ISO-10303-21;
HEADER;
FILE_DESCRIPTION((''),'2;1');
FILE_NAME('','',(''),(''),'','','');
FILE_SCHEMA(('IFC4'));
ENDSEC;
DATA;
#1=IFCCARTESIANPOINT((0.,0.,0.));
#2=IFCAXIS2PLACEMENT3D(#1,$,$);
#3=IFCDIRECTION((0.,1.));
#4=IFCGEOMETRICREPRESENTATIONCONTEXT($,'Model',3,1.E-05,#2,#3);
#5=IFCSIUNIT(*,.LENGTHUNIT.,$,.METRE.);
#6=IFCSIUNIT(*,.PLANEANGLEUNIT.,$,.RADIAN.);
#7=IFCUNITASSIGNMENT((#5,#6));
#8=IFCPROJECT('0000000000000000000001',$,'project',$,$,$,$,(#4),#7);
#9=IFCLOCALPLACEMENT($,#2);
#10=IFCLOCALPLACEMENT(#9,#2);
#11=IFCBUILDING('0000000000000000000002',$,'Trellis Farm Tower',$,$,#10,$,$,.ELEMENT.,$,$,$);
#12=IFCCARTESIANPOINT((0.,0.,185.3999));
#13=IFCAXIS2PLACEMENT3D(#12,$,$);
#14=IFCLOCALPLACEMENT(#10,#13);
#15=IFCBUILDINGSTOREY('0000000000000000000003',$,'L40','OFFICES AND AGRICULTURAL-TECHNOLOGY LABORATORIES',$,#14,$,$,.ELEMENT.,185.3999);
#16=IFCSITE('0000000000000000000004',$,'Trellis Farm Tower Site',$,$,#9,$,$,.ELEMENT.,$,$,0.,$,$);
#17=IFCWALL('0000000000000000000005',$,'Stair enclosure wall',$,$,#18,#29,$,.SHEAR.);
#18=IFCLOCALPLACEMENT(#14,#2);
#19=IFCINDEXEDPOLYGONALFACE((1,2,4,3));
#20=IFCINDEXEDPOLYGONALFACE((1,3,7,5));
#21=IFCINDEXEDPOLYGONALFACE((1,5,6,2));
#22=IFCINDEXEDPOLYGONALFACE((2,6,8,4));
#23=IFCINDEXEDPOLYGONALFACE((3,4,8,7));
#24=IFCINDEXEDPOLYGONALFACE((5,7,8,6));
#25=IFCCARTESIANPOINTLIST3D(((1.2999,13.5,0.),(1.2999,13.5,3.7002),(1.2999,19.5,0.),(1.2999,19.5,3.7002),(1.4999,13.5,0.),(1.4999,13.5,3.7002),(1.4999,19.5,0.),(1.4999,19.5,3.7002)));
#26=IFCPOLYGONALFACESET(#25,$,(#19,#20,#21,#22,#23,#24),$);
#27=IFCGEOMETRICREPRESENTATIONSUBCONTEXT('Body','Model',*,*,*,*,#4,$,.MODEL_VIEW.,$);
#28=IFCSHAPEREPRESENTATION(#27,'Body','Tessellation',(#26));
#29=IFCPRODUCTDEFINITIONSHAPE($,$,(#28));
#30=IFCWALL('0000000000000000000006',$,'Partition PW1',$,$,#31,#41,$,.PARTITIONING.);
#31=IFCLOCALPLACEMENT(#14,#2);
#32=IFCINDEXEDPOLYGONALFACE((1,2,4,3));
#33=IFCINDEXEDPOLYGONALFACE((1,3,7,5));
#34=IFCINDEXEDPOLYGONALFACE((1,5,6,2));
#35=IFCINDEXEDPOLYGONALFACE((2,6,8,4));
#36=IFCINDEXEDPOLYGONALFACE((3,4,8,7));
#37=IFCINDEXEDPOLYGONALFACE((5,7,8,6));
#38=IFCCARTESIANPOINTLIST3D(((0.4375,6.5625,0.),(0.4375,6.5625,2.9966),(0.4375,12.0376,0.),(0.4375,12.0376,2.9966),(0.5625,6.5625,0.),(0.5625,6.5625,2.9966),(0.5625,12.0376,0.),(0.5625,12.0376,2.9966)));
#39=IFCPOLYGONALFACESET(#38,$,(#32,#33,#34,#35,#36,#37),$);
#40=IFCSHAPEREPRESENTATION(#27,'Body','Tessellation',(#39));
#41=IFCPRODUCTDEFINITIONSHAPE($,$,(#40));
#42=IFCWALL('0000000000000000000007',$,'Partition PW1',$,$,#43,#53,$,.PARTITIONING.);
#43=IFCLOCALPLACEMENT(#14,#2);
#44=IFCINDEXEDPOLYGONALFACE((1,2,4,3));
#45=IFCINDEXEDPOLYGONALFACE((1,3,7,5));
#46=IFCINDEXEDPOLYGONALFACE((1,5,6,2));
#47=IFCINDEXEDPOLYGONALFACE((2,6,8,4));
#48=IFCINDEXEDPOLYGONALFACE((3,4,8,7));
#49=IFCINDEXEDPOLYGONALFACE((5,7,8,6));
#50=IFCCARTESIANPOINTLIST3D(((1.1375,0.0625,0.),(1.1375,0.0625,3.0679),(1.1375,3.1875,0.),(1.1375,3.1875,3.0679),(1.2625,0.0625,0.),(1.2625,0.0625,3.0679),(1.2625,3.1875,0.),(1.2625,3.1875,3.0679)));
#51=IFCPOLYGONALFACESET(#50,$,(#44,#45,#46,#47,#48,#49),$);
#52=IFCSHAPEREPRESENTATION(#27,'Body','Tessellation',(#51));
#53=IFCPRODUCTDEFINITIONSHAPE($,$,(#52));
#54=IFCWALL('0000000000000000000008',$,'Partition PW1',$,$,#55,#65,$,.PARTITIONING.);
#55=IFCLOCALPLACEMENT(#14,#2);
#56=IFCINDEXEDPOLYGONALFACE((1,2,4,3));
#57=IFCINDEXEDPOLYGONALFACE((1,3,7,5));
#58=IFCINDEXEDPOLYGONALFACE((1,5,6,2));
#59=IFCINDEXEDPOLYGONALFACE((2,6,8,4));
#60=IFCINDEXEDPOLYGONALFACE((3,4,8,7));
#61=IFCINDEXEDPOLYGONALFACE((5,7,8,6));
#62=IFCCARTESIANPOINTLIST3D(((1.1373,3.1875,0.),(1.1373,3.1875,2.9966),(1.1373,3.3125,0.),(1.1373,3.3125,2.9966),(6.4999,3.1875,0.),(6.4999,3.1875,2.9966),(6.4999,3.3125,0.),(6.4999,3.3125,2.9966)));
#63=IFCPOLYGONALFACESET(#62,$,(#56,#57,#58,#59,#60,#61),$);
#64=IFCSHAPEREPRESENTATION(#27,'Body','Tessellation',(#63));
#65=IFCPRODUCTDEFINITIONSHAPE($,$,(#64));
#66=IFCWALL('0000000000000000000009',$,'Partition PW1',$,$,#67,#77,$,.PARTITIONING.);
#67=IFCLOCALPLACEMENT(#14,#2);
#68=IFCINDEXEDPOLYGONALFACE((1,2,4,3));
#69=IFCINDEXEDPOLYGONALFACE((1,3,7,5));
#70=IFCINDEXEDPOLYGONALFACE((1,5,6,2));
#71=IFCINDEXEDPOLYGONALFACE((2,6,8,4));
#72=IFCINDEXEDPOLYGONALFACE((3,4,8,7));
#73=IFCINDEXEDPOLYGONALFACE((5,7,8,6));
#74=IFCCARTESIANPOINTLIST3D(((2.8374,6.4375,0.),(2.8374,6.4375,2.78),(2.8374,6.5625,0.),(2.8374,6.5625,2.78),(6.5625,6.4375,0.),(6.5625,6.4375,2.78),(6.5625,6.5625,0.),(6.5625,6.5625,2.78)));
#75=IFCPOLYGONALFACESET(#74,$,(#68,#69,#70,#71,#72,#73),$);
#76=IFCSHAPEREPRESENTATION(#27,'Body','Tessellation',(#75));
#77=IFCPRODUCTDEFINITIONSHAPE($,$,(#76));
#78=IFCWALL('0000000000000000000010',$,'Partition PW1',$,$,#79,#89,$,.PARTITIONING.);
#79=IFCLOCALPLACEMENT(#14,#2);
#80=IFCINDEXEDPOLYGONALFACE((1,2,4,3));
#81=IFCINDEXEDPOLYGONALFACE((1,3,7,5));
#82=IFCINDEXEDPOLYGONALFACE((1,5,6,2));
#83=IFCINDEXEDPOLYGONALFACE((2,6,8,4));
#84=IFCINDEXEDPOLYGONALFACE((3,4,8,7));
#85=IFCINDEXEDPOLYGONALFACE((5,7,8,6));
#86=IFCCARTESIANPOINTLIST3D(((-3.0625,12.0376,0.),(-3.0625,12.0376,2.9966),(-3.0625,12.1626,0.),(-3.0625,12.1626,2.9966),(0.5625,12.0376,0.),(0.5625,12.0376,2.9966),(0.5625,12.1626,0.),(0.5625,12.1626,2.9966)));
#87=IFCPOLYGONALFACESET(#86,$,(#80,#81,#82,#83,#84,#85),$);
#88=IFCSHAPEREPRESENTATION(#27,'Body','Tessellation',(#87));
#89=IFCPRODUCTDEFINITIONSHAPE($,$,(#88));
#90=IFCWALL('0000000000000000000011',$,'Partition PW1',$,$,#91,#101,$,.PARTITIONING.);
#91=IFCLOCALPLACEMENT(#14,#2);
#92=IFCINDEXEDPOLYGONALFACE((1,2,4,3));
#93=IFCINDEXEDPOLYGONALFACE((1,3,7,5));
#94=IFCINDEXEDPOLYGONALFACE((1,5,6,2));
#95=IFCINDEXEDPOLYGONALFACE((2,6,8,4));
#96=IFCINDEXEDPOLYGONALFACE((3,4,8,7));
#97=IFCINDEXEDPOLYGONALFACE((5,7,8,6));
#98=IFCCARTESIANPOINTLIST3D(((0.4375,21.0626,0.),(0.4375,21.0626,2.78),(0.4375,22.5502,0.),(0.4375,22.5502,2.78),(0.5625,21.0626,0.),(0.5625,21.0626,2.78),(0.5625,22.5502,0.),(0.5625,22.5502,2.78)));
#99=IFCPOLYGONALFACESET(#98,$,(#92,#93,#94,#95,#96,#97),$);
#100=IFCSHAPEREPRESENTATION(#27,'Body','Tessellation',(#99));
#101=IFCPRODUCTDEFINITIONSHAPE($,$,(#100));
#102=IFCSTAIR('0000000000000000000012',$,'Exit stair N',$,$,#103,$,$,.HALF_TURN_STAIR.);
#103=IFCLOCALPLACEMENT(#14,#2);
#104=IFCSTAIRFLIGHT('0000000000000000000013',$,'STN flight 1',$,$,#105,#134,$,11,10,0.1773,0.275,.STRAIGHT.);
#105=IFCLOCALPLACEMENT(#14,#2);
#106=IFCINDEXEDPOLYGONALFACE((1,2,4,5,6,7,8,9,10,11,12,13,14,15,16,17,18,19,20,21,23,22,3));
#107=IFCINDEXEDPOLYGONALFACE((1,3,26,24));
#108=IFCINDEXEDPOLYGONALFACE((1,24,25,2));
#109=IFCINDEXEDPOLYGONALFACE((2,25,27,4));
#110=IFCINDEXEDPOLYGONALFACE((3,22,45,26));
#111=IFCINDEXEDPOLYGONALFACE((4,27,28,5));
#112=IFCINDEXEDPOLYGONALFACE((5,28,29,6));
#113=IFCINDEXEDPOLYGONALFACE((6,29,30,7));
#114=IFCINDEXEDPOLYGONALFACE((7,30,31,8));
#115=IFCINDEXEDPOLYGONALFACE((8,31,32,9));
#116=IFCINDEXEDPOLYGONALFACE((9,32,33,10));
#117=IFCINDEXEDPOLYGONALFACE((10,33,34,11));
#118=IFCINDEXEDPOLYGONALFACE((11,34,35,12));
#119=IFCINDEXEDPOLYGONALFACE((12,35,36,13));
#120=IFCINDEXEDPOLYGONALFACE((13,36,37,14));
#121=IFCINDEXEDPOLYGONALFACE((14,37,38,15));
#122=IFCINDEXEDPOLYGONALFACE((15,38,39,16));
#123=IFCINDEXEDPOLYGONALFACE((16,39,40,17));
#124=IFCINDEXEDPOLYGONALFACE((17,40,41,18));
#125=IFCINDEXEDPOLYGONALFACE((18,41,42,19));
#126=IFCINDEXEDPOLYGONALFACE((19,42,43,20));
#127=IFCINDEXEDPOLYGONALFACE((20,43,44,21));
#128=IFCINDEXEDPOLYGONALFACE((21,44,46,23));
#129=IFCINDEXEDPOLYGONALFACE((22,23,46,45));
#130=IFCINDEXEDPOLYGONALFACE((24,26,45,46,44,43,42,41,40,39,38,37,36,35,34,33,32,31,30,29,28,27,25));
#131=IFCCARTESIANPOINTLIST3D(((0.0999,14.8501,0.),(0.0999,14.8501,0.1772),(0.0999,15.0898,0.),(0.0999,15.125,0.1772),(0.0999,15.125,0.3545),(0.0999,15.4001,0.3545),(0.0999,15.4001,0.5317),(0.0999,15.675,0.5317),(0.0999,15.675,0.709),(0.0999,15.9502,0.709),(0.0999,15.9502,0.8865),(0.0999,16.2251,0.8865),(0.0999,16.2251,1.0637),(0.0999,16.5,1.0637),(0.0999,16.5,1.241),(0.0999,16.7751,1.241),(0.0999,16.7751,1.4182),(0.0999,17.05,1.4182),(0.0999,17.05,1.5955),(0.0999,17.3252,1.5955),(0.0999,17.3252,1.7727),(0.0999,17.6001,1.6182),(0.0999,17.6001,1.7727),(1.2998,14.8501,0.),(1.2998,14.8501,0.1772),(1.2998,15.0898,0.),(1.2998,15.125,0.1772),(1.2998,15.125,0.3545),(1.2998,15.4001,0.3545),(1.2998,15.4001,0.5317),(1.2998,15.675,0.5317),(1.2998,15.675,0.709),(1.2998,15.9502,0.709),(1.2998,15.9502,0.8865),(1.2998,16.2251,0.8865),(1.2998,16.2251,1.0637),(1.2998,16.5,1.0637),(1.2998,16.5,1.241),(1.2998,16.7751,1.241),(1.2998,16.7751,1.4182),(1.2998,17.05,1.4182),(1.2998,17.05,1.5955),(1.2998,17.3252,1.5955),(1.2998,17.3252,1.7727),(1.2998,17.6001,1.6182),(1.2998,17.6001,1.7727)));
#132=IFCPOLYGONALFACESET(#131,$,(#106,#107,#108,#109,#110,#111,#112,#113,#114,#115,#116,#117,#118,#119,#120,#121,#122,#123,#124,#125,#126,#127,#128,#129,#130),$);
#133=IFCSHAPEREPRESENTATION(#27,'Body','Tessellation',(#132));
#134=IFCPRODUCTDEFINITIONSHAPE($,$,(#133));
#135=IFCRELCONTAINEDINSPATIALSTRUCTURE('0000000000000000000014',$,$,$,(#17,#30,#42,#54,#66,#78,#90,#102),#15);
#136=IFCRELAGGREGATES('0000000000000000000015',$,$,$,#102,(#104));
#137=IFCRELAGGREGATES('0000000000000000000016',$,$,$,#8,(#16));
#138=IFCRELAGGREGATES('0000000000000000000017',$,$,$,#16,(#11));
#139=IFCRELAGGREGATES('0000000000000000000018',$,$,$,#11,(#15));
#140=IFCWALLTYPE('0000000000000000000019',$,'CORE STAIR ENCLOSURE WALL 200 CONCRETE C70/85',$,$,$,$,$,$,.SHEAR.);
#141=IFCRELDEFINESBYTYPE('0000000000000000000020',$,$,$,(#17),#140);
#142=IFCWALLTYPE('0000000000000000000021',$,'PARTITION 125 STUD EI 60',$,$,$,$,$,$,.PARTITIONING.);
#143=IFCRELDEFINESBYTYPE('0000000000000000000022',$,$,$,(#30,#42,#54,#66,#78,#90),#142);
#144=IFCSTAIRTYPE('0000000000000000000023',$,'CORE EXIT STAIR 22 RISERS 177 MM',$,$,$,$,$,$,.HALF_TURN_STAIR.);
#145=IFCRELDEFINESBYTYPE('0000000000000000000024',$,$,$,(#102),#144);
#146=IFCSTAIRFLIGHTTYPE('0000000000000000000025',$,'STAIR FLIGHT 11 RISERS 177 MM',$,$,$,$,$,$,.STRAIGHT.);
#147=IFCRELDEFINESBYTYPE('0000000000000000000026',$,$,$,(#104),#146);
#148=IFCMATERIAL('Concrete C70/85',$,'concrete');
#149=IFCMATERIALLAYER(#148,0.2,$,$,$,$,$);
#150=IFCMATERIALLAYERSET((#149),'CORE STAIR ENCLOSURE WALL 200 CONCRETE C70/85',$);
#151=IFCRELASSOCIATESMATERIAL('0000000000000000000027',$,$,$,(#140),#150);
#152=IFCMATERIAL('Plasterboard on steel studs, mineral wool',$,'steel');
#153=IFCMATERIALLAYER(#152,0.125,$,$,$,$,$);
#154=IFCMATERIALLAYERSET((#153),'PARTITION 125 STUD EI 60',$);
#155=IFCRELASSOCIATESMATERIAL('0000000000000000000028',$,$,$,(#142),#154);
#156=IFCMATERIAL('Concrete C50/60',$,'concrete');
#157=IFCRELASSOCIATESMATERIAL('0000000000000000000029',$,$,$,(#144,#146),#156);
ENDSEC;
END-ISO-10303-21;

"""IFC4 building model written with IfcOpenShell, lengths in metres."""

from ifc_helpers import new_model, si_unit, direction, frame, frame_2d, origin, place, context, subcontext, project, spatial, polyline, rectangle, outline, extrude, source, transform, mapped, material, layer, layer_set, type_object, element, aggregate, save


model = new_model("IFC4")

# Units and contexts
model_context = context("Model", 3, precision=1e-05, world=origin(), true_north=direction((0.0, 1.0)))
body_context = subcontext(model_context, "Body", "Model", "MODEL_VIEW")
ifc_project = project(units=[si_unit("LENGTHUNIT", "METRE"), si_unit("PLANEANGLEUNIT", "RADIAN")], contexts=[model_context])

# Site, building, storey
site_placement = place(None, origin())
site = spatial("IfcSite", under=ifc_project, at=site_placement, Name="Trellis Farm Tower Site", CompositionType="ELEMENT", RefElevation=0.0)
building_placement = place(site_placement, origin())
building = spatial("IfcBuilding", under=site, at=building_placement, Name="Trellis Farm Tower", CompositionType="ELEMENT")
storey_placement = place(building_placement, frame((0.0, 0.0, 185.3999)))
storey = spatial("IfcBuildingStorey", under=building, at=storey_placement, Name="L40", Description="OFFICES AND AGRICULTURAL-TECHNOLOGY LABORATORIES", CompositionType="ELEMENT", Elevation=185.3999)

# Shared definitions
placement_1 = place(storey_placement, origin())

# Walls
ifc_material_1 = material(Name="Concrete C70/85", Category="concrete")
ifc_layer_1 = layer(ifc_material_1, 0.2)
ifc_layer_set_1 = layer_set([ifc_layer_1], Name="CORE STAIR ENCLOSURE WALL 200 CONCRETE C70/85")
wall_type_1 = type_object("IfcWallType", Name="CORE STAIR ENCLOSURE WALL 200 CONCRETE C70/85", PredefinedType="SHEAR", material=ifc_layer_set_1)
shared_shape_1 = source(origin(), body_context, "Body", "SweptSolid", [
    extrude(rectangle(XDim=6.0, YDim=0.2, at=frame_2d((3.0, 0.0))), origin(), (0.0, 0.0, 1.0), 3.7002),
])
wall_1_placement = place(storey_placement, frame((1.3999, 13.5, 0.0), z_axis=(0.0, 0.0, 1.0), x_axis=(0.0, 1.0, 0.0)))
element("IfcWall", 1, at=wall_1_placement, inside=storey, type_object=wall_type_1, Name="Stair enclosure wall", PredefinedType="SHEAR", context=body_context, shape_type="MappedRepresentation", body=[
    mapped(shared_shape_1, transform((0.0, 0.0, 0.0))),
])
ifc_material_2 = material(Name="Plasterboard on steel studs, mineral wool", Category="steel")
ifc_layer_2 = layer(ifc_material_2, 0.125)
ifc_layer_set_2 = layer_set([ifc_layer_2], Name="PARTITION 125 STUD EI 60")
wall_type_2 = type_object("IfcWallType", Name="PARTITION 125 STUD EI 60", PredefinedType="PARTITIONING", material=ifc_layer_set_2)
shared_shape_2 = source(origin(), body_context, "Body", "SweptSolid", [
    extrude(rectangle(XDim=5.4751, YDim=0.125, at=frame_2d((2.7375, 0.0))), origin(), (0.0, 0.0, 1.0), 2.9966),
])
wall_2_placement = place(storey_placement, frame((0.5, 12.0376, 0.0), z_axis=(0.0, 0.0, 1.0), x_axis=(0.0, -1.0, 0.0)))
element("IfcWall", 2, at=wall_2_placement, inside=storey, type_object=wall_type_2, Name="Partition PW1", PredefinedType="PARTITIONING", context=body_context, shape_type="MappedRepresentation", body=[
    mapped(shared_shape_2, transform((0.0, 0.0, 0.0))),
])
shared_shape_3 = source(origin(), body_context, "Body", "SweptSolid", [
    extrude(rectangle(XDim=3.125, YDim=0.125, at=frame_2d((1.5625, 0.0))), origin(), (0.0, 0.0, 1.0), 3.0679),
])
wall_3_placement = place(storey_placement, frame((1.2, 3.1875, 0.0), z_axis=(0.0, 0.0, 1.0), x_axis=(0.0, -1.0, 0.0)))
element("IfcWall", 3, at=wall_3_placement, inside=storey, type_object=wall_type_2, Name="Partition PW1", PredefinedType="PARTITIONING", context=body_context, shape_type="MappedRepresentation", body=[
    mapped(shared_shape_3, transform((0.0, 0.0, 0.0))),
])
shared_shape_4 = source(origin(), body_context, "Body", "SweptSolid", [
    extrude(rectangle(XDim=5.3625, YDim=0.125, at=frame_2d((2.6812, 0.0))), origin(), (0.0, 0.0, 1.0), 2.9966),
])
wall_4_placement = place(storey_placement, frame((1.1375, 3.25, 0.0), z_axis=(0.0, 0.0, 1.0), x_axis=(1.0, 0.0, 0.0)))
element("IfcWall", 4, at=wall_4_placement, inside=storey, type_object=wall_type_2, Name="Partition PW1", PredefinedType="PARTITIONING", context=body_context, shape_type="MappedRepresentation", body=[
    mapped(shared_shape_4, transform((0.0, 0.0, 0.0))),
])
shared_shape_5 = source(origin(), body_context, "Body", "SweptSolid", [
    extrude(rectangle(XDim=3.7251, YDim=0.125, at=frame_2d((1.8625, 0.0))), origin(), (0.0, 0.0, 1.0), 2.78),
])
wall_5_placement = place(storey_placement, frame((2.8374, 6.5, 0.0), z_axis=(0.0, 0.0, 1.0), x_axis=(1.0, 0.0, 0.0)))
element("IfcWall", 5, at=wall_5_placement, inside=storey, type_object=wall_type_2, Name="Partition PW1", PredefinedType="PARTITIONING", context=body_context, shape_type="MappedRepresentation", body=[
    mapped(shared_shape_5, transform((0.0, 0.0, 0.0))),
])
shared_shape_6 = source(origin(), body_context, "Body", "SweptSolid", [
    extrude(rectangle(XDim=3.625, YDim=0.125, at=frame_2d((1.8125, 0.0))), origin(), (0.0, 0.0, 1.0), 2.9966),
])
wall_6_placement = place(storey_placement, frame((0.5625, 12.1001, 0.0), z_axis=(0.0, 0.0, 1.0), x_axis=(-1.0, 0.0, 0.0)))
element("IfcWall", 6, at=wall_6_placement, inside=storey, type_object=wall_type_2, Name="Partition PW1", PredefinedType="PARTITIONING", context=body_context, shape_type="MappedRepresentation", body=[
    mapped(shared_shape_6, transform((0.0, 0.0, 0.0))),
])
shared_shape_7 = source(origin(), body_context, "Body", "SweptSolid", [
    extrude(rectangle(XDim=1.4875, YDim=0.125, at=frame_2d((0.7437, 0.0))), origin(), (0.0, 0.0, 1.0), 2.78),
])
wall_7_placement = place(storey_placement, frame((0.5, 22.55, 0.0), z_axis=(0.0, 0.0, 1.0), x_axis=(0.0, -1.0, 0.0)))
element("IfcWall", 7, at=wall_7_placement, inside=storey, type_object=wall_type_2, Name="Partition PW1", PredefinedType="PARTITIONING", context=body_context, shape_type="MappedRepresentation", body=[
    mapped(shared_shape_7, transform((0.0, 0.0, 0.0))),
])

# Stair, stair flight
ifc_material_3 = material(Name="Concrete C50/60", Category="concrete")
stair_type = type_object("IfcStairType", Name="CORE EXIT STAIR 22 RISERS 177 MM", PredefinedType="HALF_TURN_STAIR", material=ifc_material_3)
stair = element("IfcStair", 8, at=placement_1, inside=storey, type_object=stair_type, Name="Exit stair N", PredefinedType="HALF_TURN_STAIR")
stair_flight_type = type_object("IfcStairFlightType", Name="STAIR FLIGHT 11 RISERS 177 MM", PredefinedType="STRAIGHT", material=ifc_material_3)
shared_shape_8 = source(origin(), body_context, "Body", "SweptSolid", [
    extrude(outline(polyline([(0.0, 0.0), (0.0, 0.1772), (0.2749, 0.1772), (0.2749, 0.3545), (0.55, 0.3545), (0.55, 0.5317), (0.825, 0.5317), (0.825, 0.709), (1.1001, 0.709), (1.1001, 0.8865), (1.375, 0.8865), (1.375, 1.0637), (1.6499, 1.0637), (1.6499, 1.241), (1.925, 1.241), (1.925, 1.4182), (2.2, 1.4182), (2.2, 1.5955), (2.4751, 1.5955), (2.4751, 1.7727), (2.75, 1.7727), (2.75, 1.95), (2.75, 1.6182), (0.2397, 0.0), (0.0, 0.0)])), frame((0.0, 0.6001, 0.0), z_axis=(0.0, -1.0, 0.0), x_axis=(1.0, 0.0, 0.0)), (0.0, 0.0, 1.0), 1.2),
])
stair_flight_placement = place(storey_placement, frame((0.7, 14.8501, 0.0), z_axis=(0.0, 0.0, 1.0), x_axis=(0.0, 1.0, 0.0)))
stair_flight = element("IfcStairFlight", 9, at=stair_flight_placement, type_object=stair_flight_type, Name="STN flight 1", NumberOfRisers=11, NumberOfTreads=10, PredefinedType="STRAIGHT", RiserHeight=0.1773, TreadLength=0.275, context=body_context, shape_type="MappedRepresentation", body=[
    mapped(shared_shape_8, transform((0.0, 0.0, 0.0))),
])
aggregate(stair, [stair_flight])

save(model, "model.ifc")
